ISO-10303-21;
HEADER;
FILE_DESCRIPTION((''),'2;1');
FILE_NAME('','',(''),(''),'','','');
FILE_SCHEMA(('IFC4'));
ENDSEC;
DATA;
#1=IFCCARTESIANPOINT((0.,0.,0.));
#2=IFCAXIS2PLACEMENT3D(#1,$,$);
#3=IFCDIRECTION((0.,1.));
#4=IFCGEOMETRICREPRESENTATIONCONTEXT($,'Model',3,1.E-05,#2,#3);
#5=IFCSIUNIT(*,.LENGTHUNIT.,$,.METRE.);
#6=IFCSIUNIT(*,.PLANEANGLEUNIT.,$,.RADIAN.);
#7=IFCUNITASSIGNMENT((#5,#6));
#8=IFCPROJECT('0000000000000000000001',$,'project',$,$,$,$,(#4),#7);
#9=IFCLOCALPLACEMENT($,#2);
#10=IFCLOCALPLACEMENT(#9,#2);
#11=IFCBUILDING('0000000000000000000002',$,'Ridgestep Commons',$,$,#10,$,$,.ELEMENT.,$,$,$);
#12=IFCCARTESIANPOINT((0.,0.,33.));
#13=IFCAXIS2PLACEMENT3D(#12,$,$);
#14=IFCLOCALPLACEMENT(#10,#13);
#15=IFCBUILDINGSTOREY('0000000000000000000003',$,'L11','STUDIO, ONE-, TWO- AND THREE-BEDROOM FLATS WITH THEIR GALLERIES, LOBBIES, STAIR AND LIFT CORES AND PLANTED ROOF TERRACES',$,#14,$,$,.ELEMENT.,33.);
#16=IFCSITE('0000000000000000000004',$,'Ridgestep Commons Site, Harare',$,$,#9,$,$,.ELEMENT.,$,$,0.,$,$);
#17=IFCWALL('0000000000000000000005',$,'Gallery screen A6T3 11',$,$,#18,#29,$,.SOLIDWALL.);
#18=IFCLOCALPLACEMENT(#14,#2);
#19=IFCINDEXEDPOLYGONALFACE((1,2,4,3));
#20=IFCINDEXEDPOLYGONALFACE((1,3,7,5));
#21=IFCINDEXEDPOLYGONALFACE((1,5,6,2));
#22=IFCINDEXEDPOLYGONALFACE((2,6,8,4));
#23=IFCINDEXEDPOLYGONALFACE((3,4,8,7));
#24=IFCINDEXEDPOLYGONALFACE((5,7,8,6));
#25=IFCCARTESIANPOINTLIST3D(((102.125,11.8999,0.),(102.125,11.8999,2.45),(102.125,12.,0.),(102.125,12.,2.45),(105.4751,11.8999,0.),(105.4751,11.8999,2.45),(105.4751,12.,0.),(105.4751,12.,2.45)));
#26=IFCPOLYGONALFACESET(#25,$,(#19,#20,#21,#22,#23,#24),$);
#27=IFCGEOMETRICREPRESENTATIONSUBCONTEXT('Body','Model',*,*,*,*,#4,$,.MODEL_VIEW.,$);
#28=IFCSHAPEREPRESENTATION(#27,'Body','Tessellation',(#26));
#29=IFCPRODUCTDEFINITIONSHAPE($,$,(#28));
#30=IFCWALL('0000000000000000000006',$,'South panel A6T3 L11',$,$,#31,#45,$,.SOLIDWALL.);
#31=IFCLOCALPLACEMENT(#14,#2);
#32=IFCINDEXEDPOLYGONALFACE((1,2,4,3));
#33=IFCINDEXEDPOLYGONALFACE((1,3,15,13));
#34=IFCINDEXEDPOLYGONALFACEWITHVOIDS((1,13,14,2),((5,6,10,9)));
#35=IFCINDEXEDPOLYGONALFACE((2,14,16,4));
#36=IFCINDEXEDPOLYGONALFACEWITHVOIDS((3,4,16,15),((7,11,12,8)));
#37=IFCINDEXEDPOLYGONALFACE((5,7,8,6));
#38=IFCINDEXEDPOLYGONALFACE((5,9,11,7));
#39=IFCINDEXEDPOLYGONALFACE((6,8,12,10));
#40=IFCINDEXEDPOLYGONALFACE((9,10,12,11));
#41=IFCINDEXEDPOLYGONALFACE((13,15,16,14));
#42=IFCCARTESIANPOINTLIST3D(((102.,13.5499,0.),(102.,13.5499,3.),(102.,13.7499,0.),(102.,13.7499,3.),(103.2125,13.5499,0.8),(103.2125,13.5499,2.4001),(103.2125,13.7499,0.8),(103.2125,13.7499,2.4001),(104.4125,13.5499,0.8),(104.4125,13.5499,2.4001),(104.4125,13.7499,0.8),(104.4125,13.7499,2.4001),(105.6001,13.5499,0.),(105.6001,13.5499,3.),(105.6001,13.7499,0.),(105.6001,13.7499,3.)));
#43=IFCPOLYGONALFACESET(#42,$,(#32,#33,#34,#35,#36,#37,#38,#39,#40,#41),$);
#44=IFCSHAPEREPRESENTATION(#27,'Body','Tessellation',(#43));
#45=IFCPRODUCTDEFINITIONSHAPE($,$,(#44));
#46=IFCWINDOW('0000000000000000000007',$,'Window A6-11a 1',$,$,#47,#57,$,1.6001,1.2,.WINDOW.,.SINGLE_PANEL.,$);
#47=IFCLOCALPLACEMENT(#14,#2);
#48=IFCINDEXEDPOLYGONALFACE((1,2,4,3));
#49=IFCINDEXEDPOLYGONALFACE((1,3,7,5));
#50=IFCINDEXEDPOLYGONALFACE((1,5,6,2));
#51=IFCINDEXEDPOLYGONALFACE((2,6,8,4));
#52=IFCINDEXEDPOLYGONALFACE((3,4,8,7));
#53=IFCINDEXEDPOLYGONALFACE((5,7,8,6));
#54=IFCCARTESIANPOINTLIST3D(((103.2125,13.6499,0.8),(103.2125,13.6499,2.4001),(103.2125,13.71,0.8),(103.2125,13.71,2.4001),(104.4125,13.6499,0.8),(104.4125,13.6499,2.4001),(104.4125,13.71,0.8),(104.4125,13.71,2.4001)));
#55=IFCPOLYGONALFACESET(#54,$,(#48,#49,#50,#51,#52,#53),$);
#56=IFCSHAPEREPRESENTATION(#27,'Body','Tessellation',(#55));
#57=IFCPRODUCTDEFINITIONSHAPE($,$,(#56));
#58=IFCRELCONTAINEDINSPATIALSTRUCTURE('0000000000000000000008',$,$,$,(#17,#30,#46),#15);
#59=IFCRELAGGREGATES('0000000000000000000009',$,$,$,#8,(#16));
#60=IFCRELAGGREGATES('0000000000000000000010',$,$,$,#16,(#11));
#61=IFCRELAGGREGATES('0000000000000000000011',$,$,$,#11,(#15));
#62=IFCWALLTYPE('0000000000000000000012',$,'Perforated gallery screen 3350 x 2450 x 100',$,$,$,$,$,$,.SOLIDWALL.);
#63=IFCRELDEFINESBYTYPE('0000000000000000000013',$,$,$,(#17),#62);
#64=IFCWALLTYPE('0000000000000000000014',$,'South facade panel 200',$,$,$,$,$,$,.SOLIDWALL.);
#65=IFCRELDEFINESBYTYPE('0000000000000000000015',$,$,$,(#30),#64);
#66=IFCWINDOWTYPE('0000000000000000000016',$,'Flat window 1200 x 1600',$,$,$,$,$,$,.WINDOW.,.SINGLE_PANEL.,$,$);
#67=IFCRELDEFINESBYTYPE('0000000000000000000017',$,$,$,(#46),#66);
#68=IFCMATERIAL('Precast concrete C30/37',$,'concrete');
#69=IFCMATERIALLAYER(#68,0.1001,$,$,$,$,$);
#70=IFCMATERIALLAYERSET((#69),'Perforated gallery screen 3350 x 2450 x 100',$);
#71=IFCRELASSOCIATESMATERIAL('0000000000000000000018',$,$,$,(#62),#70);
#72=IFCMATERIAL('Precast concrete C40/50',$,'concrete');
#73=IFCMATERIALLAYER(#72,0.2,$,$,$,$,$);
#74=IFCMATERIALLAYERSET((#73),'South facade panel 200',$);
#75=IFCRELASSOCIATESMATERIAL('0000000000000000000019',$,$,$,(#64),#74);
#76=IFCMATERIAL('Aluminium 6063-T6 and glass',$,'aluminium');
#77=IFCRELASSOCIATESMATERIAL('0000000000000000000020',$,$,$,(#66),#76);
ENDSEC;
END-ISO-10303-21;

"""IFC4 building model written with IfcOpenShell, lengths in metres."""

from ifc_helpers import new_model, si_unit, direction, frame, frame_2d, origin, place, context, subcontext, project, spatial, rectangle, extrude, material, layer, layer_set, type_object, element, fill, save


model = new_model("IFC4")

# Units and contexts
model_context = context("Model", 3, precision=1e-05, world=origin(), true_north=direction((0.0, 1.0)))
body_context = subcontext(model_context, "Body", "Model", "MODEL_VIEW")
ifc_project = project(units=[si_unit("LENGTHUNIT", "METRE"), si_unit("PLANEANGLEUNIT", "RADIAN")], contexts=[model_context])

# Site, building, storey
site_placement = place(None, origin())
site = spatial("IfcSite", under=ifc_project, at=site_placement, Name="Ridgestep Commons Site, Harare", CompositionType="ELEMENT", RefElevation=0.0)
building_placement = place(site_placement, origin())
building = spatial("IfcBuilding", under=site, at=building_placement, Name="Ridgestep Commons", CompositionType="ELEMENT")
storey_placement = place(building_placement, frame((0.0, 0.0, 33.0)))
storey = spatial("IfcBuildingStorey", under=building, at=storey_placement, Name="L11", Description="STUDIO, ONE-, TWO- AND THREE-BEDROOM FLATS WITH THEIR GALLERIES, LOBBIES, STAIR AND LIFT CORES AND PLANTED ROOF TERRACES", CompositionType="ELEMENT", Elevation=33.0)

# Wall
ifc_material_1 = material(Name="Precast concrete C30/37", Category="concrete")
ifc_layer_1 = layer(ifc_material_1, 0.1001)
ifc_layer_set_1 = layer_set([ifc_layer_1], Name="Perforated gallery screen 3350 x 2450 x 100")
wall_type_1 = type_object("IfcWallType", Name="Perforated gallery screen 3350 x 2450 x 100", PredefinedType="SOLIDWALL", material=ifc_layer_set_1)
wall_1_placement = place(storey_placement, frame((102.125, 11.95, 0.0), z_axis=(0.0, 0.0, 1.0), x_axis=(1.0, 0.0, 0.0)))
element("IfcWall", 1, at=wall_1_placement, inside=storey, type_object=wall_type_1, Name="Gallery screen A6T3 11", PredefinedType="SOLIDWALL", context=body_context, shape_type="SweptSolid", body=[
    extrude(rectangle(XDim=3.3501, YDim=0.1001, at=frame_2d((1.675, 0.0))), origin(), (0.0, 0.0, 1.0), 2.45),
])

# Wall, opening, window
ifc_material_2 = material(Name="Precast concrete C40/50", Category="concrete")
ifc_layer_2 = layer(ifc_material_2, 0.2)
ifc_layer_set_2 = layer_set([ifc_layer_2], Name="South facade panel 200")
wall_type_2 = type_object("IfcWallType", Name="South facade panel 200", PredefinedType="SOLIDWALL", material=ifc_layer_set_2)
wall_2_placement = place(storey_placement, frame((102.0, 13.6499, 0.0), z_axis=(0.0, 0.0, 1.0), x_axis=(1.0, 0.0, 0.0)))
wall_2 = element("IfcWall", 2, at=wall_2_placement, inside=storey, type_object=wall_type_2, Name="South panel A6T3 L11", PredefinedType="SOLIDWALL", context=body_context, shape_type="SweptSolid", body=[
    extrude(rectangle(XDim=3.6001, YDim=0.2, at=frame_2d((1.8, 0.0))), origin(), (0.0, 0.0, 1.0), 3.0),
])
opening_1_placement = place(wall_2_placement, frame((1.2124, 0.0, 0.8)))
opening_1 = element("IfcOpeningElement", 3, at=opening_1_placement, cuts=wall_2, PredefinedType="OPENING", context=body_context, shape_type="SweptSolid", body=[
    extrude(rectangle(XDim=1.2, YDim=1.6001, at=frame_2d((0.6001, 0.8))), frame((0.0, 0.1099, 0.0), z_axis=(0.0, -1.0, 0.0), x_axis=(1.0, 0.0, 0.0)), (0.0, 0.0, 1.0), 0.22),
])
ifc_material_3 = material(Name="Aluminium 6063-T6 and glass", Category="aluminium")
window_type = type_object("IfcWindowType", Name="Flat window 1200 x 1600", PartitioningType="SINGLE_PANEL", PredefinedType="WINDOW", material=ifc_material_3)
window_placement = place(opening_1_placement, origin())
window = element("IfcWindow", 4, at=window_placement, inside=storey, type_object=window_type, Name="Window A6-11a 1", OverallHeight=1.6001, OverallWidth=1.2, PartitioningType="SINGLE_PANEL", PredefinedType="WINDOW", context=body_context, shape_type="SweptSolid", body=[
    extrude(rectangle(XDim=1.2, YDim=1.6001, at=frame_2d((0.6001, 0.8))), frame((0.0, 0.0601, 0.0), z_axis=(0.0, -1.0, 0.0), x_axis=(1.0, 0.0, 0.0)), (0.0, 0.0, 1.0), 0.0601),
])
fill(opening_1, window)

save(model, "model.ifc")
